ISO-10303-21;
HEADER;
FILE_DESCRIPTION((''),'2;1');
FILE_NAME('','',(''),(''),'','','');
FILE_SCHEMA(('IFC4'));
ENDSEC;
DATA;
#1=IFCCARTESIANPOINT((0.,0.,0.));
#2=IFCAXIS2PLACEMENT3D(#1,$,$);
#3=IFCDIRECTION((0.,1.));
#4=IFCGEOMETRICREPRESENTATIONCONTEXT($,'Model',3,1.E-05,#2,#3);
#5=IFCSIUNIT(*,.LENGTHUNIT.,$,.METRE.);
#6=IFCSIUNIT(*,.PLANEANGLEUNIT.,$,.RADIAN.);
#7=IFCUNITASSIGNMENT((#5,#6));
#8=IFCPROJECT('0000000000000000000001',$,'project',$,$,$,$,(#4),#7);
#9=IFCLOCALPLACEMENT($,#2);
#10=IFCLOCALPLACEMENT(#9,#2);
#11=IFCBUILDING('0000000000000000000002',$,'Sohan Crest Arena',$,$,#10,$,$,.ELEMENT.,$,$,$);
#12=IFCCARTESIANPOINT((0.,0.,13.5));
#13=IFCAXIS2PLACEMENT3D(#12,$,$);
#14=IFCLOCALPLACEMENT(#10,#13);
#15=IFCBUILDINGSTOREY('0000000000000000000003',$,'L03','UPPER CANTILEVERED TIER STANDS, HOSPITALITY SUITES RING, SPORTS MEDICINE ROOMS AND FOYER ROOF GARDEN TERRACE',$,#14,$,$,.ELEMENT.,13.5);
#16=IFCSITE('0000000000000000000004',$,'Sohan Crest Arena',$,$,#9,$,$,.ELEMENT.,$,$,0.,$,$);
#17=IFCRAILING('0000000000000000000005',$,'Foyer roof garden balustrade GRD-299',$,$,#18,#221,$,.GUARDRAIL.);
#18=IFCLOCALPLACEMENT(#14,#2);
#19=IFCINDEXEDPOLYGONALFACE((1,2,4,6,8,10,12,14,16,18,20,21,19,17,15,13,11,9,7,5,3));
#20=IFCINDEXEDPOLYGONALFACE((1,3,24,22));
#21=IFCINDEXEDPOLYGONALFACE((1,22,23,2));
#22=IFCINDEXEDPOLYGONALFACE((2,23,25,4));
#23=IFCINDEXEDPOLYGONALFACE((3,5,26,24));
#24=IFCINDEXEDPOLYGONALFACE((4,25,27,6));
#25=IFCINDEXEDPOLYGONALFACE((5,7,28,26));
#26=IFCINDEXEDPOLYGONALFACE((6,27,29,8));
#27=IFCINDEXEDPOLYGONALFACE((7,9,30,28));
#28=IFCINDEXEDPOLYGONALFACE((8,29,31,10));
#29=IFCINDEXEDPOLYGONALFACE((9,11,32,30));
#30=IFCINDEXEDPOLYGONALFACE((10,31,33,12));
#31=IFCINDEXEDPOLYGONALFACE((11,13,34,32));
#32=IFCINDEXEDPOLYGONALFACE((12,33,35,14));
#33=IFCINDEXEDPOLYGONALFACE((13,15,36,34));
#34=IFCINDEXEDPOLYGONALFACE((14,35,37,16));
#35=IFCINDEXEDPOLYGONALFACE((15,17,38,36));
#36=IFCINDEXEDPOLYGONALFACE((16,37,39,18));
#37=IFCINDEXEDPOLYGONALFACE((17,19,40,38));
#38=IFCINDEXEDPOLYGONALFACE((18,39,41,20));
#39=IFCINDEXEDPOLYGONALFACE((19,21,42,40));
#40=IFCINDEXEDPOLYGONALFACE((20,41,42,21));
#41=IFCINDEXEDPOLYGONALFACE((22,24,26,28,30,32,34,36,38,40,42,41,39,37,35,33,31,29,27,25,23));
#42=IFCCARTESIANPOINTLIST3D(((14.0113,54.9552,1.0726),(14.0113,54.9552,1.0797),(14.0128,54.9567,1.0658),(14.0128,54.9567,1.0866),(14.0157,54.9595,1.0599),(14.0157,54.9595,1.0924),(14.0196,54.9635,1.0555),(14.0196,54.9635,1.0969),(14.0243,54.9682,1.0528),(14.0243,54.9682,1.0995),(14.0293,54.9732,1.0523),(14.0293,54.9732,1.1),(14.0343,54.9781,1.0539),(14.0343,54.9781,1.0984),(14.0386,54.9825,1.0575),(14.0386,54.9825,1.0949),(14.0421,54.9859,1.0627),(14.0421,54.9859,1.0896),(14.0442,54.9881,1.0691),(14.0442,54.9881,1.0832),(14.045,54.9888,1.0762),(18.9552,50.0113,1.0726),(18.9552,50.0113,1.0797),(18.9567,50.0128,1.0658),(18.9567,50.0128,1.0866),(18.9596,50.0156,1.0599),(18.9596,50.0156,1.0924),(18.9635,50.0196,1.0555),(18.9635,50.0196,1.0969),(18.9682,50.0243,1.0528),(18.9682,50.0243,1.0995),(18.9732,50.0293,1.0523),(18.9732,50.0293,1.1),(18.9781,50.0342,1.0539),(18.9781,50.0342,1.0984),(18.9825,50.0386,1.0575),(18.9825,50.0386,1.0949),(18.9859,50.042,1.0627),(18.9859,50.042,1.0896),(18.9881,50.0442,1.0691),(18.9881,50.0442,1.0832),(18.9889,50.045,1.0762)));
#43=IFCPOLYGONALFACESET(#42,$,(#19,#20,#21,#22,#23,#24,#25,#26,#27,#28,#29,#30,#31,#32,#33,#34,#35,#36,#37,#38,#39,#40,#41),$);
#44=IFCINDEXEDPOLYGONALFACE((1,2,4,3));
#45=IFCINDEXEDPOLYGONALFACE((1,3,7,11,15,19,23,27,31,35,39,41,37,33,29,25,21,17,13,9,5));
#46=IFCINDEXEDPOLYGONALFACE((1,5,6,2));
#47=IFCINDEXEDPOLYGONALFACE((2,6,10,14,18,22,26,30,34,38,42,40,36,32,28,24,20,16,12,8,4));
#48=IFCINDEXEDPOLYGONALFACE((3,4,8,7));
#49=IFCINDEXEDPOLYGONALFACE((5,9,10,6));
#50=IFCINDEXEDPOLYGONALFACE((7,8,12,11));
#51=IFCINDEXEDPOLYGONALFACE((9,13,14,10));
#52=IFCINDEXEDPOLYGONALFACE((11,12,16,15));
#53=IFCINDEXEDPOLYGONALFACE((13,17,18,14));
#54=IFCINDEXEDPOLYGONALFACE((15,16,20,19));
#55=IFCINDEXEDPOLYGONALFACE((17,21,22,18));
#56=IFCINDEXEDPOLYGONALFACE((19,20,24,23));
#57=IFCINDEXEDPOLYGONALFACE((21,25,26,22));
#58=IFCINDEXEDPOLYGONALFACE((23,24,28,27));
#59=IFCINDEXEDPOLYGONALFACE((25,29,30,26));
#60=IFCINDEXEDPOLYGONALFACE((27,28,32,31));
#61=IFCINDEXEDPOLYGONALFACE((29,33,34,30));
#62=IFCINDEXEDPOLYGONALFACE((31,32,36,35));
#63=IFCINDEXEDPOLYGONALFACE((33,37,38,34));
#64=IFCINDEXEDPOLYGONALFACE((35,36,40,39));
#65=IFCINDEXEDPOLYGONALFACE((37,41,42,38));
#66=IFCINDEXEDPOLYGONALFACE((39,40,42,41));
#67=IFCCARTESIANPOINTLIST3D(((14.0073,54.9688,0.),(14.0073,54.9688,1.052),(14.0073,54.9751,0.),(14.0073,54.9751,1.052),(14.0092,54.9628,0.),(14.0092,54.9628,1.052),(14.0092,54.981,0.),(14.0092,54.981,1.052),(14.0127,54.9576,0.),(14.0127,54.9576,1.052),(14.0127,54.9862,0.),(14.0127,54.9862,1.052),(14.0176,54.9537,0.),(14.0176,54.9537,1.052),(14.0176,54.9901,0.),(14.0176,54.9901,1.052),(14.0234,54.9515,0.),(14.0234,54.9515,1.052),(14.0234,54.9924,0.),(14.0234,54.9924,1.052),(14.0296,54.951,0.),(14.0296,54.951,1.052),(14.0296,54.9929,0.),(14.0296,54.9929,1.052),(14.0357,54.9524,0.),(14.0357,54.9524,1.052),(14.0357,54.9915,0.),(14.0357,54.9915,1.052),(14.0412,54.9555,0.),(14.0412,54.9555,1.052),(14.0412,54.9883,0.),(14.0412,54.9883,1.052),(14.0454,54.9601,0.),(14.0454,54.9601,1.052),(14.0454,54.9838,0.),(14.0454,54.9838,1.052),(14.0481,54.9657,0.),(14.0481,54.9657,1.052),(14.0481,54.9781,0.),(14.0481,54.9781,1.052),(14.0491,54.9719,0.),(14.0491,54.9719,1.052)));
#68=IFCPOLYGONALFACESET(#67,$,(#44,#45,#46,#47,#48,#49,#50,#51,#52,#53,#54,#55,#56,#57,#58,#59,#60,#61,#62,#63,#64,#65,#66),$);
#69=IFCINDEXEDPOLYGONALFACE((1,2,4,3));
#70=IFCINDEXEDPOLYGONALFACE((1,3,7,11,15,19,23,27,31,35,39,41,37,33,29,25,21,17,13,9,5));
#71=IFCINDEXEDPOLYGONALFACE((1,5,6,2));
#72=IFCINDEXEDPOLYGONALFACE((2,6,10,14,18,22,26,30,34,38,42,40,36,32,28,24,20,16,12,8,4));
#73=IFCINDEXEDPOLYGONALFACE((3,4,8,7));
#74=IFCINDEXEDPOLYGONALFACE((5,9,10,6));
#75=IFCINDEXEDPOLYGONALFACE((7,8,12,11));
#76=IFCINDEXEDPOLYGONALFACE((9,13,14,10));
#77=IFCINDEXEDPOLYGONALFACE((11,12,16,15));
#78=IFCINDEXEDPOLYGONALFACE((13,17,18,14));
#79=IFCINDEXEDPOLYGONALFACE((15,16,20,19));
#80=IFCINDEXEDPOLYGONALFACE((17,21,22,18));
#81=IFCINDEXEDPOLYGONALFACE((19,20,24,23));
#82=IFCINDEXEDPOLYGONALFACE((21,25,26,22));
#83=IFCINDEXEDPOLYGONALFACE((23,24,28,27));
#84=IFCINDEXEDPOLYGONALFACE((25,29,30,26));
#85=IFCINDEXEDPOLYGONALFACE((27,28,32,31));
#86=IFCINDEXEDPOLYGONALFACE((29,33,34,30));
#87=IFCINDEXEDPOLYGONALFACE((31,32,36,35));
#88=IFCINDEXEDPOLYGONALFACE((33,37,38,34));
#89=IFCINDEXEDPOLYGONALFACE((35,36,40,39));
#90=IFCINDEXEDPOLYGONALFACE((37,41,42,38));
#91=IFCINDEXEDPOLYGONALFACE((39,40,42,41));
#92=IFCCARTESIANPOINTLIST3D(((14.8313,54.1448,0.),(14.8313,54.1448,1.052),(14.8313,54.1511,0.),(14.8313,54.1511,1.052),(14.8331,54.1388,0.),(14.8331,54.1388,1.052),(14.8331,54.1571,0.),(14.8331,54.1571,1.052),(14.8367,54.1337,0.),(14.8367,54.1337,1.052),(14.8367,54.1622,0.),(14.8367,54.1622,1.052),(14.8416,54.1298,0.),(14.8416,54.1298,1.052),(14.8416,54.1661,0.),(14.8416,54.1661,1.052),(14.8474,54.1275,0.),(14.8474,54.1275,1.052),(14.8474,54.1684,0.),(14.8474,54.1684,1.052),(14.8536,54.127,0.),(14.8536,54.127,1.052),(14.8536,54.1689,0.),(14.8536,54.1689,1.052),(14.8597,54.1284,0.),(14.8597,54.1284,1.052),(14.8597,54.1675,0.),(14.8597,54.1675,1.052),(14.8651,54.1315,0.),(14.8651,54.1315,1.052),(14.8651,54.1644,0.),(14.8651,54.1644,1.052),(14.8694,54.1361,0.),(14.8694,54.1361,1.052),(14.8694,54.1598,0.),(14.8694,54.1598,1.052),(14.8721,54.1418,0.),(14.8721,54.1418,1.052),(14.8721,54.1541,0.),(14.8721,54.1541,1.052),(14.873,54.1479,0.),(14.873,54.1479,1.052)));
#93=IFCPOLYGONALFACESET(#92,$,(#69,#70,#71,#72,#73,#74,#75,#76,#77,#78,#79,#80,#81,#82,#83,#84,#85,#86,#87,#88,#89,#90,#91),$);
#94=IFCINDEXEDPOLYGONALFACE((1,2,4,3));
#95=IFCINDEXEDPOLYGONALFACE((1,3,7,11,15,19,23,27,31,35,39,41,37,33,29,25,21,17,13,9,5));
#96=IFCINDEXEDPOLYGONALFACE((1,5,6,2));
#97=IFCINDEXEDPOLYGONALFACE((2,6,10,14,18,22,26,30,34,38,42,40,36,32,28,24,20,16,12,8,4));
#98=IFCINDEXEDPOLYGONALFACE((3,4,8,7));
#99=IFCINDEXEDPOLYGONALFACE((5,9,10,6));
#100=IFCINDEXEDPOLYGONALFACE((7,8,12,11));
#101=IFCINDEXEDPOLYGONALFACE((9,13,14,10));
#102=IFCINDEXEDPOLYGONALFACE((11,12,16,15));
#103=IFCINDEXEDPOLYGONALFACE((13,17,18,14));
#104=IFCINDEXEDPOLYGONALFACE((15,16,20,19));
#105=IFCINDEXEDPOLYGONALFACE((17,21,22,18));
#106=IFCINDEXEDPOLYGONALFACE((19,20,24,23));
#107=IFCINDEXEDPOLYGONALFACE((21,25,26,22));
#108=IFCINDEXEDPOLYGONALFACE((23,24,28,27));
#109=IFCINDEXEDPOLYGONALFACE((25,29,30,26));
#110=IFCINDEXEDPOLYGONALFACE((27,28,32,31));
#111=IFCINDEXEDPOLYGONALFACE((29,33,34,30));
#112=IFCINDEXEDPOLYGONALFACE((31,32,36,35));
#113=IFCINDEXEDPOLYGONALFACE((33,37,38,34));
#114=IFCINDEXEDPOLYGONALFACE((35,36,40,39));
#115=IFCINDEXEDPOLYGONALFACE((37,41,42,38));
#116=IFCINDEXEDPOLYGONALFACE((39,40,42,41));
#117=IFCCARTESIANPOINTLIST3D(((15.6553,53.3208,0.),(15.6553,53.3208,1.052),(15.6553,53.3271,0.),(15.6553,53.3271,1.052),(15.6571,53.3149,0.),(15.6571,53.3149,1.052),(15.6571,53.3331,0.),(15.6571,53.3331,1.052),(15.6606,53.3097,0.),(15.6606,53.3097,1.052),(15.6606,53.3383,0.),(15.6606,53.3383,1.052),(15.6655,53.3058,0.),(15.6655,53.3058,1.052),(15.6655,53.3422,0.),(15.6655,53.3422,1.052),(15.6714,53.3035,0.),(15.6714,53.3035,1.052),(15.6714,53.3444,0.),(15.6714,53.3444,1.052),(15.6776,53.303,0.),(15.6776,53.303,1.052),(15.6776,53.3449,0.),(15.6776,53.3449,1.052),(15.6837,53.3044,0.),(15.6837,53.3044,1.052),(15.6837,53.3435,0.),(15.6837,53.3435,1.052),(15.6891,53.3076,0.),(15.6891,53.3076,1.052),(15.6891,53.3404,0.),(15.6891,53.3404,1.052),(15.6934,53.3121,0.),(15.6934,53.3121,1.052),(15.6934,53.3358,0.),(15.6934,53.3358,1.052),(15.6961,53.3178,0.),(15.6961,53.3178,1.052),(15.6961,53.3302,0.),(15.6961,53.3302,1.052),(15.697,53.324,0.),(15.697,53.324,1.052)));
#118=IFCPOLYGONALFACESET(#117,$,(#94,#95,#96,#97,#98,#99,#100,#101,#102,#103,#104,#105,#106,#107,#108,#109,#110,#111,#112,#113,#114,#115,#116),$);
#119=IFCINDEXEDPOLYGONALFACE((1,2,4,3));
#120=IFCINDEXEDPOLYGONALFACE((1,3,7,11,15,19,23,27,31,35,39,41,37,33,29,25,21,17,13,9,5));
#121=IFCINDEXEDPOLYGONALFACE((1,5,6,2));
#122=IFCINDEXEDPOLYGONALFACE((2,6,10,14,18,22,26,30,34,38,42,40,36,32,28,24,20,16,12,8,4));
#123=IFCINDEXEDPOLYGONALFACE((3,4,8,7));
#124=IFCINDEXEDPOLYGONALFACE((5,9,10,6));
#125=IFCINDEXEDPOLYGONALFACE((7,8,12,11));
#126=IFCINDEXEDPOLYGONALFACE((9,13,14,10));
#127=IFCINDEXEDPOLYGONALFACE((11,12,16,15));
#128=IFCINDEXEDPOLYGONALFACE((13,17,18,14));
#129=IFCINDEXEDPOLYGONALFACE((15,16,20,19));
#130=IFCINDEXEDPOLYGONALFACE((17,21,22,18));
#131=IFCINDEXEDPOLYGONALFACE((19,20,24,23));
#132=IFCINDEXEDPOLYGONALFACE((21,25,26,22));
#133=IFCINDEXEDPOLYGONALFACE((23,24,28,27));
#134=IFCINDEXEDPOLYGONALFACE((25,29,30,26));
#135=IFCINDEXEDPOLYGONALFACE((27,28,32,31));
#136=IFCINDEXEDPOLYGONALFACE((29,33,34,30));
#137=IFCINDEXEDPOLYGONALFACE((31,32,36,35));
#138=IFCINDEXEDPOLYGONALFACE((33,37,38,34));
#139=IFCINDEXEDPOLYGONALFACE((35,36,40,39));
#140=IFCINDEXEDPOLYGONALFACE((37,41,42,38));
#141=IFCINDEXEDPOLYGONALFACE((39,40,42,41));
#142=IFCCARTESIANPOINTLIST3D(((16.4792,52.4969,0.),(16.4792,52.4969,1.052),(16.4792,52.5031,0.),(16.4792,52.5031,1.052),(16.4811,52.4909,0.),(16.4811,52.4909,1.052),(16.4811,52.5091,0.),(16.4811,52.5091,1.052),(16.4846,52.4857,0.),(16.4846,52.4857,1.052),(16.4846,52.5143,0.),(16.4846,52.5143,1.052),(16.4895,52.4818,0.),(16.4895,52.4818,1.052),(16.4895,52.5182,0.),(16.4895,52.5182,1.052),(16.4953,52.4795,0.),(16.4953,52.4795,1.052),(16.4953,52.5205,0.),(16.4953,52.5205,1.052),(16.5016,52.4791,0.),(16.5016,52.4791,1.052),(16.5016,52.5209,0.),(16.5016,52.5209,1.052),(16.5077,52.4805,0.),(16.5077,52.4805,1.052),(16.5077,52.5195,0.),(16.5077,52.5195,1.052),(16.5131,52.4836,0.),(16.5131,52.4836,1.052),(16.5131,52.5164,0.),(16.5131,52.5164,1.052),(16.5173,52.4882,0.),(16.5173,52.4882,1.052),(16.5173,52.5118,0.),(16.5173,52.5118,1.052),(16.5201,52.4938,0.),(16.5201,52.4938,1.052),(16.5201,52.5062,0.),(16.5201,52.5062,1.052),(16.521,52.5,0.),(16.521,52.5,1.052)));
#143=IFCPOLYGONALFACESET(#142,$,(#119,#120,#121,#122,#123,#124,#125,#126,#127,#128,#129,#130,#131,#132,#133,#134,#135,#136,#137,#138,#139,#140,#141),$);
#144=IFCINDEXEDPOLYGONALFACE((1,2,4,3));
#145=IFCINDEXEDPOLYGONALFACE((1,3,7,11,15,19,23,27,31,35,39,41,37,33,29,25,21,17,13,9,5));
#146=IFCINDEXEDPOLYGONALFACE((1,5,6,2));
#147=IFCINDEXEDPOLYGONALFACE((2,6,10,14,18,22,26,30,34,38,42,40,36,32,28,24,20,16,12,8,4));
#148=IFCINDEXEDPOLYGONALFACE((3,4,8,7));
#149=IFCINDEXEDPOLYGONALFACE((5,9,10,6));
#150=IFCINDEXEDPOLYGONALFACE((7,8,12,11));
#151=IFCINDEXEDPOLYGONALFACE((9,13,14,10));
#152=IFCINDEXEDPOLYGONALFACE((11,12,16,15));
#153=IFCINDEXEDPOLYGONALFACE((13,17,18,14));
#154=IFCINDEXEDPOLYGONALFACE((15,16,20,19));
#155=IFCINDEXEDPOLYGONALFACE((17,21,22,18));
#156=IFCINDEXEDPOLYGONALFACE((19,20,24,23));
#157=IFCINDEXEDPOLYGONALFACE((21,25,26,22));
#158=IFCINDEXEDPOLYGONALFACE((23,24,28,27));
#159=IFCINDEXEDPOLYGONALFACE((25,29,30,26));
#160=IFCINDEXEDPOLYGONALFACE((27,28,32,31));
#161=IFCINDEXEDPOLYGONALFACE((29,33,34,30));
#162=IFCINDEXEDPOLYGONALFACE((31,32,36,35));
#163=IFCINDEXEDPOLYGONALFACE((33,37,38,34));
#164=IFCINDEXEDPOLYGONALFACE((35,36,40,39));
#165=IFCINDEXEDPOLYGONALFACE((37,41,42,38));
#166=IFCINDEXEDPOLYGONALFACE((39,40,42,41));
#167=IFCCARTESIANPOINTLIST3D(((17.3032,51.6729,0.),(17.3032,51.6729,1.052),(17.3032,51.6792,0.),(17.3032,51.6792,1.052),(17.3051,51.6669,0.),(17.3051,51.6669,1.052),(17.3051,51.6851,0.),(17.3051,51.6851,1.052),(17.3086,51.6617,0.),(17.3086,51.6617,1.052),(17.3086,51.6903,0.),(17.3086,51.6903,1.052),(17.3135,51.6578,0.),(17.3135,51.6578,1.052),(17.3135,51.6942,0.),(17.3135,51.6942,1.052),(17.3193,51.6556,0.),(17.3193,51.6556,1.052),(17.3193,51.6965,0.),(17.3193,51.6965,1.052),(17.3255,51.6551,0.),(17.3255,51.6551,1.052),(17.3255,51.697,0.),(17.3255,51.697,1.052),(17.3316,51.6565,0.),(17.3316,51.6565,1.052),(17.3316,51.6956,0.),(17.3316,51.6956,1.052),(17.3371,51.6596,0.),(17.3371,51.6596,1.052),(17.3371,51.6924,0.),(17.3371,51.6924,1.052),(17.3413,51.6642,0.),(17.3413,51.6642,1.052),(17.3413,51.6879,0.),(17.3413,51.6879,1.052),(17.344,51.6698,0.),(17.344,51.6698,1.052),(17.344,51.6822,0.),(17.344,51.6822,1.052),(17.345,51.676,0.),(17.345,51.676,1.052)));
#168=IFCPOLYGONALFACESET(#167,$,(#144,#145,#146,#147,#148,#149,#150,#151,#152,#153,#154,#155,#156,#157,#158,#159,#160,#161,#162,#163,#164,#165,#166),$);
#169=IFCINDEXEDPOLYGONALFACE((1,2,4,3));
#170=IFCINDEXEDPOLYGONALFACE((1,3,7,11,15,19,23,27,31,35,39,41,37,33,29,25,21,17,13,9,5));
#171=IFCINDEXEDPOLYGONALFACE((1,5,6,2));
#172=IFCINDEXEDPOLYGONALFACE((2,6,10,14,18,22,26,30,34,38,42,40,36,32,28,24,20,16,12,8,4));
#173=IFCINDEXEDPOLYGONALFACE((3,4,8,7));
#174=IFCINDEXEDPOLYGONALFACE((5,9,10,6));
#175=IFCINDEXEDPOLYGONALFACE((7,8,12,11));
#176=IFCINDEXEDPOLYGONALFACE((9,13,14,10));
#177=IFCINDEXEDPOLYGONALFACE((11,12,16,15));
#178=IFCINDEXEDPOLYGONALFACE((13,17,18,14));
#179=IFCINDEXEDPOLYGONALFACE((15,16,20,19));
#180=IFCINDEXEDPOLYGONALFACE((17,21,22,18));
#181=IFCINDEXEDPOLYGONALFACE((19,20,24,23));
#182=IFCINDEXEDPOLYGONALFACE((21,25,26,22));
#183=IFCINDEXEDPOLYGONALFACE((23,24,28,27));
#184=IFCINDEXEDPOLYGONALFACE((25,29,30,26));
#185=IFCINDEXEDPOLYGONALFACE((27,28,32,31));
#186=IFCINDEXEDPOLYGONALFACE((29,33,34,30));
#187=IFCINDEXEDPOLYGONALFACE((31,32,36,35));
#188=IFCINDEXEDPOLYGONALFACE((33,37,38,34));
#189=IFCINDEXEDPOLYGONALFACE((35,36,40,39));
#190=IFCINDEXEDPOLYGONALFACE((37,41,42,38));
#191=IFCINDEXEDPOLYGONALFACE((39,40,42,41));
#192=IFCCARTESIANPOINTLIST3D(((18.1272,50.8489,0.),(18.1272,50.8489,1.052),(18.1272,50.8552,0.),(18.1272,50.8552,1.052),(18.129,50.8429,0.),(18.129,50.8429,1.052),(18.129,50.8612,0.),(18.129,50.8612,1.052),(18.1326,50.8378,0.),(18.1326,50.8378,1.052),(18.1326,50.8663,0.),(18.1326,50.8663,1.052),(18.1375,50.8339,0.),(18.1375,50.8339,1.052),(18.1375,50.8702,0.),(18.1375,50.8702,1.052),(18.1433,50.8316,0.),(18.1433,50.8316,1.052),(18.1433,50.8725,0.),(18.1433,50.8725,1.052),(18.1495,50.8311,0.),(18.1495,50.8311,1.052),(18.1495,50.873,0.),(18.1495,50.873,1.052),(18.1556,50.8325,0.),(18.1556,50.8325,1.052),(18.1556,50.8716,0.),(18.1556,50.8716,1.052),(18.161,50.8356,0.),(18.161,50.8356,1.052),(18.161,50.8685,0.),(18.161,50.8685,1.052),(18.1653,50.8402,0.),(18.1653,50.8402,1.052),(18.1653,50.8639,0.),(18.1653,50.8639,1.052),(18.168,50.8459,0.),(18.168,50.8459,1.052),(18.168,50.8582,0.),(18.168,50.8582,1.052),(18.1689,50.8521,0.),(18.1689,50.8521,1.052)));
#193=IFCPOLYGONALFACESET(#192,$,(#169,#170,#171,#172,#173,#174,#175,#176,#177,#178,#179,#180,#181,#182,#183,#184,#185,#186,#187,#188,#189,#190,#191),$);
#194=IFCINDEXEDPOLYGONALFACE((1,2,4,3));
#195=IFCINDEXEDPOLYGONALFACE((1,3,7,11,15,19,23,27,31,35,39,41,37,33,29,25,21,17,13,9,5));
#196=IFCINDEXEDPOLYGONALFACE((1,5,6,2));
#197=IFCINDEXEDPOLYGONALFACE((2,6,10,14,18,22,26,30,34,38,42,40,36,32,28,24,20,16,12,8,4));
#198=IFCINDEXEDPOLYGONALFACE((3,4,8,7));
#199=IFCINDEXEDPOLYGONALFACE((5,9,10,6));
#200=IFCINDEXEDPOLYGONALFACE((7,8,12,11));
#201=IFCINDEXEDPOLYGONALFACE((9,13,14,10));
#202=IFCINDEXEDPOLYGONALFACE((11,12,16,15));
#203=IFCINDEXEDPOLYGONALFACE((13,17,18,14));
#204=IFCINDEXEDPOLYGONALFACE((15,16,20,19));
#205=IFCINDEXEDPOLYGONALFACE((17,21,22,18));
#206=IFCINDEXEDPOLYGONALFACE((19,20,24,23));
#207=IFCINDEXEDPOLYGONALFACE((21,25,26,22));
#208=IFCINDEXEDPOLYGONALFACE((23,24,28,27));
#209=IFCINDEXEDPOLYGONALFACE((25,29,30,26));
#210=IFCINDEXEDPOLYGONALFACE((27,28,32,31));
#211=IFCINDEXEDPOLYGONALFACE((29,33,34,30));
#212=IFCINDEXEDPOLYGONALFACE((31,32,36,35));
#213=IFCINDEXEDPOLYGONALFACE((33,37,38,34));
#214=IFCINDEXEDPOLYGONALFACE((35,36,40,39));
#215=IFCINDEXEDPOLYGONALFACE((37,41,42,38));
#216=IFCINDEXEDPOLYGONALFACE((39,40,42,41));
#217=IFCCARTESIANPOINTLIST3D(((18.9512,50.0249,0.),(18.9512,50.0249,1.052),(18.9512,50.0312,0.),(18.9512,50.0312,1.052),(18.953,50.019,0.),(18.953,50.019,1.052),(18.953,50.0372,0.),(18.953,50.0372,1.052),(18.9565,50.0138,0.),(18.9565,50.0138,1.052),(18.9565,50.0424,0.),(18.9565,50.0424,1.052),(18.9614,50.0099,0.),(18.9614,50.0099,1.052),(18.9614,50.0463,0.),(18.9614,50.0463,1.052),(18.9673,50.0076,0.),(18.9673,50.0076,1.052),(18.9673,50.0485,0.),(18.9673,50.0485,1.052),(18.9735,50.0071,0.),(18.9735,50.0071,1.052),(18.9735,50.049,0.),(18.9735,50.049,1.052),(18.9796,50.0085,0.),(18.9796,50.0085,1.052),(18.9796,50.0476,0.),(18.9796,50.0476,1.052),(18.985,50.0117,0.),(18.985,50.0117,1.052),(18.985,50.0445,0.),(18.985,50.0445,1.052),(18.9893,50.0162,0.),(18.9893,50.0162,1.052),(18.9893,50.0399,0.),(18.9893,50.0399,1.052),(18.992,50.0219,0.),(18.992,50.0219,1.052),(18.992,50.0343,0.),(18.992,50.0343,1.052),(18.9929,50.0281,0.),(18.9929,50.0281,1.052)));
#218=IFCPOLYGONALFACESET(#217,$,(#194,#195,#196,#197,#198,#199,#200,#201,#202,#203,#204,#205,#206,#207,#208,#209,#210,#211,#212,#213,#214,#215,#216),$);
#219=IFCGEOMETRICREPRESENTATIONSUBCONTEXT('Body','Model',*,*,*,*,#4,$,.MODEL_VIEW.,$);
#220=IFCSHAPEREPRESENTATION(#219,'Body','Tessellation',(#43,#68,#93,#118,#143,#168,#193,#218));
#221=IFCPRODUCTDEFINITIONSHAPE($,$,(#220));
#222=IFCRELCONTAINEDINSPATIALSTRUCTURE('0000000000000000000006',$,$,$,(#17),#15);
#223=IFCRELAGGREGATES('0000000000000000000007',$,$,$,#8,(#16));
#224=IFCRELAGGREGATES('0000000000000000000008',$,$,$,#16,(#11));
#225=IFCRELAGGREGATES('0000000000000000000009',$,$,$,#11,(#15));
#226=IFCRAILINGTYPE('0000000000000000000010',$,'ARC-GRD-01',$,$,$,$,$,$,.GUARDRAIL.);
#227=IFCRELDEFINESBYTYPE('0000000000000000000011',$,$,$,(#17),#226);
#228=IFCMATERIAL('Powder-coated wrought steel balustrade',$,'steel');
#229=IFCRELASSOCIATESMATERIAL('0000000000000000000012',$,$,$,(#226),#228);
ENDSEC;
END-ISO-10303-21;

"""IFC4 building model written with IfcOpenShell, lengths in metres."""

from ifc_helpers import new_model, si_unit, direction, frame, origin, origin_2d, place, context, subcontext, project, spatial, circle, extrude, material, type_object, element, save


model = new_model("IFC4")

# Units and contexts
model_context = context("Model", 3, precision=1e-05, world=origin(), true_north=direction((0.0, 1.0)))
body_context = subcontext(model_context, "Body", "Model", "MODEL_VIEW")
ifc_project = project(units=[si_unit("LENGTHUNIT", "METRE"), si_unit("PLANEANGLEUNIT", "RADIAN")], contexts=[model_context])

# Site, building, storey
site_placement = place(None, origin())
site = spatial("IfcSite", under=ifc_project, at=site_placement, Name="Sohan Crest Arena", CompositionType="ELEMENT", RefElevation=0.0)
building_placement = place(site_placement, origin())
building = spatial("IfcBuilding", under=site, at=building_placement, Name="Sohan Crest Arena", CompositionType="ELEMENT")
storey_placement = place(building_placement, frame((0.0, 0.0, 13.5)))
storey = spatial("IfcBuildingStorey", under=building, at=storey_placement, Name="L03", Description="UPPER CANTILEVERED TIER STANDS, HOSPITALITY SUITES RING, SPORTS MEDICINE ROOMS AND FOYER ROOF GARDEN TERRACE", CompositionType="ELEMENT", Elevation=13.5)

# Railing
ifc_material_1 = material(Name="Powder-coated wrought steel balustrade", Category="steel")
railing_type = type_object("IfcRailingType", Name="ARC-GRD-01", PredefinedType="GUARDRAIL", material=ifc_material_1)
railing_1_placement = place(storey_placement, frame((14.0281, 54.9719, 0.0)))
element("IfcRailing", 1, at=railing_1_placement, inside=storey, type_object=railing_type, Name="Foyer roof garden balustrade GRD-299", PredefinedType="GUARDRAIL", context=body_context, shape_type="SweptSolid", body=[
    extrude(circle(Radius=0.0239, at=origin_2d()), frame((0.0, 0.0, 1.0762), z_axis=(0.707107, -0.707107, 0.0), x_axis=(0.707107, 0.707107, 0.0)), (0.0, 0.0, 1.0), 6.9917),
    extrude(circle(Radius=0.021, at=origin_2d()), origin(), (0.0, 0.0, 1.0), 1.052),
    extrude(circle(Radius=0.021, at=origin_2d()), frame((0.824, -0.824, 0.0)), (0.0, 0.0, 1.0), 1.052),
    extrude(circle(Radius=0.021, at=origin_2d()), frame((1.6479, -1.6479, 0.0)), (0.0, 0.0, 1.0), 1.052),
    extrude(circle(Radius=0.021, at=origin_2d()), frame((2.4719, -2.4719, 0.0)), (0.0, 0.0, 1.0), 1.052),
    extrude(circle(Radius=0.021, at=origin_2d()), frame((3.2959, -3.2959, 0.0)), (0.0, 0.0, 1.0), 1.052),
    extrude(circle(Radius=0.021, at=origin_2d()), frame((4.1199, -4.1199, 0.0)), (0.0, 0.0, 1.0), 1.052),
    extrude(circle(Radius=0.021, at=origin_2d()), frame((4.9438, -4.9438, 0.0)), (0.0, 0.0, 1.0), 1.052),
])

save(model, "model.ifc")
